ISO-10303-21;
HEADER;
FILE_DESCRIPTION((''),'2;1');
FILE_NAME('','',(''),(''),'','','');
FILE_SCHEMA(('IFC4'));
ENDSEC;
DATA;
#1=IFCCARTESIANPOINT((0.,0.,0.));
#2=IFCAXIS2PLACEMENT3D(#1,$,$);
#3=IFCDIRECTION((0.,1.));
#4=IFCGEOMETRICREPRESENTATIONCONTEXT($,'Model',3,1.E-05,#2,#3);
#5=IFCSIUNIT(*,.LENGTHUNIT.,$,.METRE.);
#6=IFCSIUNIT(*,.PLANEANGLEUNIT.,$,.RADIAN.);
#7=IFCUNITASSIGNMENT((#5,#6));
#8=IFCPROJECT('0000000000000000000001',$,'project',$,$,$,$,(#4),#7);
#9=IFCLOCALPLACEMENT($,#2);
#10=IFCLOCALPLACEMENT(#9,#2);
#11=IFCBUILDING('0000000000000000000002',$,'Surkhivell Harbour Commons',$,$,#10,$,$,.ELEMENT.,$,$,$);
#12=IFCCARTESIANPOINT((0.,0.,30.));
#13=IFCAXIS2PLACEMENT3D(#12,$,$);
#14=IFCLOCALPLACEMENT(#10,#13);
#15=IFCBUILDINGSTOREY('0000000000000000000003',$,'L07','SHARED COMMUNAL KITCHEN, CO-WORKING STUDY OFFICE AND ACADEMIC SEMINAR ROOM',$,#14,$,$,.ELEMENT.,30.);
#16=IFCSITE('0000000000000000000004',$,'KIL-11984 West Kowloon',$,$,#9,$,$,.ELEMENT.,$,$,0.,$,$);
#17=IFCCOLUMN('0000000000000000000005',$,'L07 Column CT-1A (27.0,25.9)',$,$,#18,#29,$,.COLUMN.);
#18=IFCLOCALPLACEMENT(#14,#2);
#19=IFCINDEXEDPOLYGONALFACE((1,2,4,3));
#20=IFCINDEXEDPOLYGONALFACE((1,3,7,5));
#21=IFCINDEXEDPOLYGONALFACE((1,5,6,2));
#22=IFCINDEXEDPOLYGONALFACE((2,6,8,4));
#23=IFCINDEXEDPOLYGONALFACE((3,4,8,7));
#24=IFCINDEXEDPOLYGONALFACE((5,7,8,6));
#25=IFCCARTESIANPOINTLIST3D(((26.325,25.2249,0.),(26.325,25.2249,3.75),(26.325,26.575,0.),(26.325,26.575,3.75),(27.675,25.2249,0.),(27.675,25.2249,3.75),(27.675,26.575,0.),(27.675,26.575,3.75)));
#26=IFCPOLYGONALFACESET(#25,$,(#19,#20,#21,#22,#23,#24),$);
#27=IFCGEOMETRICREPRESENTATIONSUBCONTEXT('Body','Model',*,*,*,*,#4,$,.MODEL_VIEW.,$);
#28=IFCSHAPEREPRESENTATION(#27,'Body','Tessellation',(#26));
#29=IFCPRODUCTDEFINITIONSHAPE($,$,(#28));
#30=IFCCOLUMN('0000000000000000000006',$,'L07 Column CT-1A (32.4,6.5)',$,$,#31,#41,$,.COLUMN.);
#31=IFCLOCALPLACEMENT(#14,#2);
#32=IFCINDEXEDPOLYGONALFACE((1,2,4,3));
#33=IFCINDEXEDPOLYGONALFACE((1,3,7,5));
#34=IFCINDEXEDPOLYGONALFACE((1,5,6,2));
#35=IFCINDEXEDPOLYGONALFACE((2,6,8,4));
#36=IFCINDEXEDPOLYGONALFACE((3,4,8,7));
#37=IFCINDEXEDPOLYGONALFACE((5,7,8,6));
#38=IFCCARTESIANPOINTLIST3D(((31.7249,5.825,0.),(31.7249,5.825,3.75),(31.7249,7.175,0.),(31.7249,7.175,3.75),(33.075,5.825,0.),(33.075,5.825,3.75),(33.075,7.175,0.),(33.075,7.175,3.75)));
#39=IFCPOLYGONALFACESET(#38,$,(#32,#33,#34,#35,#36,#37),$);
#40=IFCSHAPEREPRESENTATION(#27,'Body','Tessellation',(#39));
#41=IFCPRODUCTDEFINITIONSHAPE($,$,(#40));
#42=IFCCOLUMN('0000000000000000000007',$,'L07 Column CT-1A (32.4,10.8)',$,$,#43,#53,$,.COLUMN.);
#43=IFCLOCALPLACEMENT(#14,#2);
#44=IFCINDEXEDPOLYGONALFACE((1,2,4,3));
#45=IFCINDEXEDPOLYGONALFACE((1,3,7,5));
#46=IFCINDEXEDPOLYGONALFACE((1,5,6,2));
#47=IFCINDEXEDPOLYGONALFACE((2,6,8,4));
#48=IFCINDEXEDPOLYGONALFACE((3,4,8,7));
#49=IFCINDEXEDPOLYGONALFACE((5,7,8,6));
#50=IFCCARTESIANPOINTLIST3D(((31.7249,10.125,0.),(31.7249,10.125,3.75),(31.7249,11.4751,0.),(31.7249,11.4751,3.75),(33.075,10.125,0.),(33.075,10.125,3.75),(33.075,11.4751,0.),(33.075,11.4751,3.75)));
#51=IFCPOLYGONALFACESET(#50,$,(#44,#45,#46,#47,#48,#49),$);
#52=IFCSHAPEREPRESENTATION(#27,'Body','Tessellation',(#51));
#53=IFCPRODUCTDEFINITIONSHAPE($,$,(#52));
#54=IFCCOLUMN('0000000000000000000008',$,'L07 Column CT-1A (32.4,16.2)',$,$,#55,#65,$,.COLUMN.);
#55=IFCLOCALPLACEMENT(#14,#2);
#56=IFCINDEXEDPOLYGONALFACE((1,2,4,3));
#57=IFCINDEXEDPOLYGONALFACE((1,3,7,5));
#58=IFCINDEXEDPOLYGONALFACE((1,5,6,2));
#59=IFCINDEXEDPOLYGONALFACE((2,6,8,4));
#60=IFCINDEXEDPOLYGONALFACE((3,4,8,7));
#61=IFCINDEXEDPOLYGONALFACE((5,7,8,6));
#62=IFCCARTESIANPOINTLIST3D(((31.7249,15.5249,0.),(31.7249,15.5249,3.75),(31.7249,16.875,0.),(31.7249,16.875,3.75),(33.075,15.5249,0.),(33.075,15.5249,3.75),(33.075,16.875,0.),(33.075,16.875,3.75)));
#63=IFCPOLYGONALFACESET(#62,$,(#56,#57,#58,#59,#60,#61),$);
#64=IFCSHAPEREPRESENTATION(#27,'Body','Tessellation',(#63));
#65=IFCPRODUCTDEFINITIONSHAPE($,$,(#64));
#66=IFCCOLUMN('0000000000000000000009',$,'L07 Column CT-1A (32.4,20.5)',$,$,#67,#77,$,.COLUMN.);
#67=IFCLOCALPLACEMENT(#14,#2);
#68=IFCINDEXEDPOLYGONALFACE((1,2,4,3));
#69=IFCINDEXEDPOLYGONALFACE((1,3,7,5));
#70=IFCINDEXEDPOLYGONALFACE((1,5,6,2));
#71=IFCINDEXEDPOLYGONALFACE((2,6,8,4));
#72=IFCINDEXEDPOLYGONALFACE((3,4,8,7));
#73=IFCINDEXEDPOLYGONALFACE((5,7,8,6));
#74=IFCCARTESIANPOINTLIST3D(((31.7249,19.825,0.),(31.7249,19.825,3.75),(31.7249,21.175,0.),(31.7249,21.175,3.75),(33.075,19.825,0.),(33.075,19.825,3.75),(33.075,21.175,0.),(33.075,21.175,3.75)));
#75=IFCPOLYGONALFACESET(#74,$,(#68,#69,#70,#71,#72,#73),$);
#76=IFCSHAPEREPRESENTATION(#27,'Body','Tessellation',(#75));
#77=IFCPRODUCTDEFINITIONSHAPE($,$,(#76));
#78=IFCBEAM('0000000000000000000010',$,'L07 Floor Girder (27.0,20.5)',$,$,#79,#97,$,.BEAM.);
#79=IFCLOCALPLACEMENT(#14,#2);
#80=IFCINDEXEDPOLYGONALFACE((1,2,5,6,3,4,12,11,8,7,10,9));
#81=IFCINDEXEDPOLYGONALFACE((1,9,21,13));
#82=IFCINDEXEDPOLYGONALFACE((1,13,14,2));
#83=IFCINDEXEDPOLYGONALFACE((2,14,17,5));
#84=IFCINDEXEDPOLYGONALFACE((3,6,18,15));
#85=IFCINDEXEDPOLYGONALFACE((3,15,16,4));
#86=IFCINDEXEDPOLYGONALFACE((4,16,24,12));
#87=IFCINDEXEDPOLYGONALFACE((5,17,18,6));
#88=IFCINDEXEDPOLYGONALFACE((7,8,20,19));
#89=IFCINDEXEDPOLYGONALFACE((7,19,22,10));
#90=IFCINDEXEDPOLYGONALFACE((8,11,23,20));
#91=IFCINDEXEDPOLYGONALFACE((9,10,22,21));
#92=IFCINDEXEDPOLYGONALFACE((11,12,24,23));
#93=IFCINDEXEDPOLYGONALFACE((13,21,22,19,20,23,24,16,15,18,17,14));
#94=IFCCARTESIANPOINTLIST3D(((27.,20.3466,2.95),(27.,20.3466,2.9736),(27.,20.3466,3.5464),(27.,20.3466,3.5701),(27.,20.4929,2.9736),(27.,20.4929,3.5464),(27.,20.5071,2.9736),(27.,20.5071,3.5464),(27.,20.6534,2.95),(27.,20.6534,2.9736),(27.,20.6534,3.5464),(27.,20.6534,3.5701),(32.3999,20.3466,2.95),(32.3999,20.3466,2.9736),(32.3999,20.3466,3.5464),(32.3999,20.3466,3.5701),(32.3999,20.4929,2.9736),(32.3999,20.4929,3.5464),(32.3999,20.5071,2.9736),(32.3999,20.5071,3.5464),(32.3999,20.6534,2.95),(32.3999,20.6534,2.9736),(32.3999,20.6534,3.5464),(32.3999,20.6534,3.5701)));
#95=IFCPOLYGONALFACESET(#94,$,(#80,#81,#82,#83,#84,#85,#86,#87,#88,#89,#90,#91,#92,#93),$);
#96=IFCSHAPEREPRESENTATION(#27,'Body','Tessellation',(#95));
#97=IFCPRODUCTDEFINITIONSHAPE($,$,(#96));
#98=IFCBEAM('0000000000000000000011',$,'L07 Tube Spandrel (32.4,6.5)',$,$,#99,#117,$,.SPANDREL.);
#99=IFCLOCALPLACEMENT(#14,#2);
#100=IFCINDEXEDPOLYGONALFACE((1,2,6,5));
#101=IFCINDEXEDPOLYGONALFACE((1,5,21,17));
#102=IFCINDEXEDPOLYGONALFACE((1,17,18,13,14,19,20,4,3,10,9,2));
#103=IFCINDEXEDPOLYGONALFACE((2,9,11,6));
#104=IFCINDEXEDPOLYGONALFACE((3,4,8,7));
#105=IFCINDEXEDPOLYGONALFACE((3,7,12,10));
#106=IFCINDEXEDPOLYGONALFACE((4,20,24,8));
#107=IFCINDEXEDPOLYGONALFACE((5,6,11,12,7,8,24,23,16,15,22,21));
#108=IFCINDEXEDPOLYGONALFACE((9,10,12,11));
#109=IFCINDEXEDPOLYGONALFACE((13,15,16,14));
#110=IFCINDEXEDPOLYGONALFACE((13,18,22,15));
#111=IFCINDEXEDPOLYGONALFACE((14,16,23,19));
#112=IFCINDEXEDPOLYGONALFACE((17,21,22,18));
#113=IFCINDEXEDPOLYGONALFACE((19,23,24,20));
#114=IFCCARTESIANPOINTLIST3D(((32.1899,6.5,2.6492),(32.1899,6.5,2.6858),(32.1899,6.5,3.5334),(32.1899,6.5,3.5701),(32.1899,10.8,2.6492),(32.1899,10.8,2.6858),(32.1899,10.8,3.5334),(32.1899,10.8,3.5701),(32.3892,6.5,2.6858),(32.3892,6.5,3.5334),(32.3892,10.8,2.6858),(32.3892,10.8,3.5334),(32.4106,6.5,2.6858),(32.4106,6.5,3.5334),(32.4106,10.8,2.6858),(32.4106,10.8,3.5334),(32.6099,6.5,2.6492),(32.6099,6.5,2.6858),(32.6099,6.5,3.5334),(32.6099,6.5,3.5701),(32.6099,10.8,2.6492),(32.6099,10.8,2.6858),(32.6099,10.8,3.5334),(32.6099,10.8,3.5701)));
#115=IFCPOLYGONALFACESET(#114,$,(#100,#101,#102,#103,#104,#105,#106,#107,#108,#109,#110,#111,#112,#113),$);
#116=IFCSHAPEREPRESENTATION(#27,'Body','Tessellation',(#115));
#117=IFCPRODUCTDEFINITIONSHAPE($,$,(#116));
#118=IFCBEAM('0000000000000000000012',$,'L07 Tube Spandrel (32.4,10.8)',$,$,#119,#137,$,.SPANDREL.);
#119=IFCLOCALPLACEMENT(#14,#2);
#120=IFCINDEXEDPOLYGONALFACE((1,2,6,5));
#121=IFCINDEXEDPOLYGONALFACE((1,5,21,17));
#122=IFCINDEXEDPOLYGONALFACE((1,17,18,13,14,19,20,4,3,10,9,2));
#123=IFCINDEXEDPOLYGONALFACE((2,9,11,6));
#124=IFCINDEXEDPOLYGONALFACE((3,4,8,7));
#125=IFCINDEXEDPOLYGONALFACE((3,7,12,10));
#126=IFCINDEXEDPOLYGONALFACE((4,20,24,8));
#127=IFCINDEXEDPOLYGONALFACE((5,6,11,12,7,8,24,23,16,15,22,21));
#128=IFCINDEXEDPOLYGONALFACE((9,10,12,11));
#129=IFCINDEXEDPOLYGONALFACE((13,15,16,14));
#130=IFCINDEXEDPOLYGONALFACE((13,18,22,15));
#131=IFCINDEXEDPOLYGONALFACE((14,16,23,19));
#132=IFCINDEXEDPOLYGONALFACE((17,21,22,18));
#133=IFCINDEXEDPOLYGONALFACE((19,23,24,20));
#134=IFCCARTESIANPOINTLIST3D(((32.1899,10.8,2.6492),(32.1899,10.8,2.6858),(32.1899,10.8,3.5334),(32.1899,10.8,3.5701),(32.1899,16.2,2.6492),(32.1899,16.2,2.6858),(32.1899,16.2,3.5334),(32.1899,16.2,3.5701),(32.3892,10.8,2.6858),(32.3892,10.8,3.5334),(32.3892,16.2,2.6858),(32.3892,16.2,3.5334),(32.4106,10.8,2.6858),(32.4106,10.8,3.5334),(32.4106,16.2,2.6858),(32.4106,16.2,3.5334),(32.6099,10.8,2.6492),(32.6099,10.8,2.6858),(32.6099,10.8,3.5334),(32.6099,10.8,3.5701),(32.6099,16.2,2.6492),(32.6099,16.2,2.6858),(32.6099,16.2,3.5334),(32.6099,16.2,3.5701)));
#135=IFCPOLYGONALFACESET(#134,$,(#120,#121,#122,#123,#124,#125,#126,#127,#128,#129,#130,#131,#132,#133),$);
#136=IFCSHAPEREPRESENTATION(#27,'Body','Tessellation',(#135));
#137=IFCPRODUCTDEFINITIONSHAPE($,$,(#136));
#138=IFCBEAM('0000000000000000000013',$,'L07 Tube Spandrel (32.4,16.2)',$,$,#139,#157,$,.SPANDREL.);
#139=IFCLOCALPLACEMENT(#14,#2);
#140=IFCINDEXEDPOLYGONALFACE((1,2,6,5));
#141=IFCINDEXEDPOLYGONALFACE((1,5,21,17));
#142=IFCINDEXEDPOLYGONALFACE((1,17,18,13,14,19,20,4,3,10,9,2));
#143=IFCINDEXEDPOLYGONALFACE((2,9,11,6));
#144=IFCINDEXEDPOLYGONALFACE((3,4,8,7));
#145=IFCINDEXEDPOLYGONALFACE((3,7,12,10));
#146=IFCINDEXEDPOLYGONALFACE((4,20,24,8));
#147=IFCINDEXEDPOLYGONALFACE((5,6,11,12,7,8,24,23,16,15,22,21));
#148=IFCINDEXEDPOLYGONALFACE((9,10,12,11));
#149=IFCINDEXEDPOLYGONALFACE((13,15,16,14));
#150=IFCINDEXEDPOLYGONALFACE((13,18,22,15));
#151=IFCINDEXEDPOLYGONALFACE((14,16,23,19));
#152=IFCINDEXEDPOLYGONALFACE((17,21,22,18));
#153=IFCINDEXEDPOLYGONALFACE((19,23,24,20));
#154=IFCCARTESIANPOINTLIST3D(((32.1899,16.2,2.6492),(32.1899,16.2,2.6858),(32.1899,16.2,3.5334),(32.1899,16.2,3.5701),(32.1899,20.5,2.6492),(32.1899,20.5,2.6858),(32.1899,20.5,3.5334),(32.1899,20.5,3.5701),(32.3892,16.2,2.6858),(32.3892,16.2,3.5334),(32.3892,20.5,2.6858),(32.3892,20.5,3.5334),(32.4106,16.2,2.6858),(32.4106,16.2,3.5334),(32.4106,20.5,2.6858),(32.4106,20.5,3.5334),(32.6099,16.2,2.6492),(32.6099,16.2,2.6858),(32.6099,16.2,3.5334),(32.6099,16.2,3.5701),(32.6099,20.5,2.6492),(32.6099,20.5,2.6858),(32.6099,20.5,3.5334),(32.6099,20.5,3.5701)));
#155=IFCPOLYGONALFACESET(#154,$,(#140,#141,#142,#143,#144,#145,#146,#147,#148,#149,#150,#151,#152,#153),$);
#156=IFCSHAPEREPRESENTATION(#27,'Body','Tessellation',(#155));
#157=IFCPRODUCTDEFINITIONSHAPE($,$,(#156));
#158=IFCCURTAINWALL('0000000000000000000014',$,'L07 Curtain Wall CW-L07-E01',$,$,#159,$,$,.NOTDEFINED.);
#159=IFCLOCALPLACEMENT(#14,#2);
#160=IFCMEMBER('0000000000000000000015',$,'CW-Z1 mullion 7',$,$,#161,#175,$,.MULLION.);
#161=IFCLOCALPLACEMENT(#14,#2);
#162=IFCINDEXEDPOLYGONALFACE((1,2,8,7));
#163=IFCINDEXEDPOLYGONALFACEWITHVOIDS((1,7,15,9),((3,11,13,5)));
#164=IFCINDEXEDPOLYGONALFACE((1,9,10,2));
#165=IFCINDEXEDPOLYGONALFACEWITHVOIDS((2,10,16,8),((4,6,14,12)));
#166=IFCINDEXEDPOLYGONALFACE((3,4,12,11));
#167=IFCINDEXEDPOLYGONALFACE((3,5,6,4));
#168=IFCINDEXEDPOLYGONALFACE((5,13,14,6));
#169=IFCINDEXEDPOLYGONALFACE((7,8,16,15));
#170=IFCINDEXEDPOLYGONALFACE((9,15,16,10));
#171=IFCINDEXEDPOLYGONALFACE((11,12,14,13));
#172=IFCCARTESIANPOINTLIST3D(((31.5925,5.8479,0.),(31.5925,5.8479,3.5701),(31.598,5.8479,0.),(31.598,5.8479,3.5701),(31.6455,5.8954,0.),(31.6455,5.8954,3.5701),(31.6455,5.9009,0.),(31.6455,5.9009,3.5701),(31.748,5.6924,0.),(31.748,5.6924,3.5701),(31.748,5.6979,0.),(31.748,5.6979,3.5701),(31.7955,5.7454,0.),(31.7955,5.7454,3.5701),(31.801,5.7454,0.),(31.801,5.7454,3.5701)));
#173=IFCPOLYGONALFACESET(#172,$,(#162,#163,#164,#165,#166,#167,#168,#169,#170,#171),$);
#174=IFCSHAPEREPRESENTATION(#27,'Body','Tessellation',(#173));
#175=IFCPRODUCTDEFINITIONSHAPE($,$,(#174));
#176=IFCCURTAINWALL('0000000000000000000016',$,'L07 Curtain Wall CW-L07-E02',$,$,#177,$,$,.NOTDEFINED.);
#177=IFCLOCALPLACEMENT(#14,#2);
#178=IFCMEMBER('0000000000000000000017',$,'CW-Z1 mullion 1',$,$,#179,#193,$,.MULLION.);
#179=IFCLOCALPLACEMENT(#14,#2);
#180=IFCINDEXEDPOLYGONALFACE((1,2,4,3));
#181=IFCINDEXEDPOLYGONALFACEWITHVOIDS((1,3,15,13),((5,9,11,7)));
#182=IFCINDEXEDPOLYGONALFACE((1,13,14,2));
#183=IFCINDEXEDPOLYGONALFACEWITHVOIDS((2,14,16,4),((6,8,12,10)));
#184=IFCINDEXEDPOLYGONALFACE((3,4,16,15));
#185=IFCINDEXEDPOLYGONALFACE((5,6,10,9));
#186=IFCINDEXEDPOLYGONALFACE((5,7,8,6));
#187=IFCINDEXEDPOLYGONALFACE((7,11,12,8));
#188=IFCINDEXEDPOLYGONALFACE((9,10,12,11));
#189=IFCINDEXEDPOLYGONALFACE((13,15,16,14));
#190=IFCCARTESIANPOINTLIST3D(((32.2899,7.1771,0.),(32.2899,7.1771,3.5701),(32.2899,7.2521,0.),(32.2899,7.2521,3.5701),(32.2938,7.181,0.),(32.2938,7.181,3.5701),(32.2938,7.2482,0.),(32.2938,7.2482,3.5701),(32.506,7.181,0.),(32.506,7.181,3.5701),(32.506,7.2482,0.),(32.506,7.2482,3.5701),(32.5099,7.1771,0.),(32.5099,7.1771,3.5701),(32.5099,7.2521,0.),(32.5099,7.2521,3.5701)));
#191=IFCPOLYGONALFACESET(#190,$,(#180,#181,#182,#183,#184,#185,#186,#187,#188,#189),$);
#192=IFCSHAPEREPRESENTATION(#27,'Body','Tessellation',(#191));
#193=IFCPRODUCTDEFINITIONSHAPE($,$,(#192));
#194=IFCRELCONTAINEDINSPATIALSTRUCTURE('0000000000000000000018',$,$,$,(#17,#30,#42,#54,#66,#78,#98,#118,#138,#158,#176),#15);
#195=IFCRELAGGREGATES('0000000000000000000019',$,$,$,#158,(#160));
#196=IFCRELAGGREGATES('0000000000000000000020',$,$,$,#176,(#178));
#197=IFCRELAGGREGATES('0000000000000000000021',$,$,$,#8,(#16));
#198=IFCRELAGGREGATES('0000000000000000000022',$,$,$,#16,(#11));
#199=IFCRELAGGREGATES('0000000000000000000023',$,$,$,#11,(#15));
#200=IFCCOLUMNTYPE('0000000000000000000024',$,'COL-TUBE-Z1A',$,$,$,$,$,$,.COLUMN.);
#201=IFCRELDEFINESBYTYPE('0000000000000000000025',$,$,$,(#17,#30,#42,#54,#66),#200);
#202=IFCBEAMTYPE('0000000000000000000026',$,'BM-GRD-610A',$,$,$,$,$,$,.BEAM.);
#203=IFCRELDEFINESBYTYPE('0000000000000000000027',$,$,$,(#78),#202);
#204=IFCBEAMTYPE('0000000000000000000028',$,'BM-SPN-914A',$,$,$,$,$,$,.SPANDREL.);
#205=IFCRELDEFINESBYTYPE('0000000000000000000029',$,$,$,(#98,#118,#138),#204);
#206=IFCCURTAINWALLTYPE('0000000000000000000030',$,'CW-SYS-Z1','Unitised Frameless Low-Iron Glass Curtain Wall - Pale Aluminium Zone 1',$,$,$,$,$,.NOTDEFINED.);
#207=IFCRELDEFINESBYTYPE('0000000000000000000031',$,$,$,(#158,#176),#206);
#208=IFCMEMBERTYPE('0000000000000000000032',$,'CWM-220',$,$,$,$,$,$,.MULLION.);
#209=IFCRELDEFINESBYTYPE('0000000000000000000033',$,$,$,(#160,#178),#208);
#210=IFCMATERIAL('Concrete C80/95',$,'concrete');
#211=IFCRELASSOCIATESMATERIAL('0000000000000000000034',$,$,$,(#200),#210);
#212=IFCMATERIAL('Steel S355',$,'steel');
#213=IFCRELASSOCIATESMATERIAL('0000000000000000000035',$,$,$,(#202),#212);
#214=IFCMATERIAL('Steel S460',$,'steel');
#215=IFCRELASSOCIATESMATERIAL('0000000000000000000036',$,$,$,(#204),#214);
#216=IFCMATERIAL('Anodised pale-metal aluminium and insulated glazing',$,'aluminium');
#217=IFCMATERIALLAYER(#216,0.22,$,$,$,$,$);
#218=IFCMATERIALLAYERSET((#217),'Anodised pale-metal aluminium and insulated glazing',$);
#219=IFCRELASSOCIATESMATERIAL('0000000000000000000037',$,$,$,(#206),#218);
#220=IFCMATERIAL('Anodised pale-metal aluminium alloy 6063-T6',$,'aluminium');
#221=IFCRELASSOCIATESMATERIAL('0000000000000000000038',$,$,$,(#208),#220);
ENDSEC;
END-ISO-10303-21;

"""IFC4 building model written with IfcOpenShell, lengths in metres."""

from ifc_helpers import new_model, si_unit, direction, frame, origin, origin_2d, place, context, subcontext, project, spatial, rectangle, hollow_rectangle, i_section, extrude, material, layer, layer_set, material_profile, profile_set, type_object, element, aggregate, save


model = new_model("IFC4")

# Units and contexts
model_context = context("Model", 3, precision=1e-05, world=origin(), true_north=direction((0.0, 1.0)))
body_context = subcontext(model_context, "Body", "Model", "MODEL_VIEW")
ifc_project = project(units=[si_unit("LENGTHUNIT", "METRE"), si_unit("PLANEANGLEUNIT", "RADIAN")], contexts=[model_context])

# Site, building, storey
site_placement = place(None, origin())
site = spatial("IfcSite", under=ifc_project, at=site_placement, Name="KIL-11984 West Kowloon", CompositionType="ELEMENT", RefElevation=0.0)
building_placement = place(site_placement, origin())
building = spatial("IfcBuilding", under=site, at=building_placement, Name="Surkhivell Harbour Commons", CompositionType="ELEMENT")
storey_placement = place(building_placement, frame((0.0, 0.0, 30.0)))
storey = spatial("IfcBuildingStorey", under=building, at=storey_placement, Name="L07", Description="SHARED COMMUNAL KITCHEN, CO-WORKING STUDY OFFICE AND ACADEMIC SEMINAR ROOM", CompositionType="ELEMENT", Elevation=30.0)

# Columns
ifc_material_1 = material(Name="Concrete C80/95", Category="concrete")
ifc_material_profile_1 = material_profile(ifc_material_1, rectangle(XDim=1.3501, YDim=1.3501, at=origin_2d()), Name="RC-COL-1350x1350")
ifc_profile_set_1 = profile_set([ifc_material_profile_1], Name="Concrete C80/95")
column_type = type_object("IfcColumnType", Name="COL-TUBE-Z1A", PredefinedType="COLUMN", material=ifc_profile_set_1)
for number, where, z_axis, x_axis, name in (
    (1, (27.0, 25.8999, 0.0), (0.0, 0.0, 1.0), (1.0, 0.0, 0.0), "L07 Column CT-1A (27.0,25.9)"),
    (2, (32.3999, 6.5, 0.0), (0.0, 0.0, 1.0), (1.0, 0.0, 0.0), "L07 Column CT-1A (32.4,6.5)"),
    (3, (32.3999, 10.8, 0.0), (0.0, 0.0, 1.0), (1.0, 0.0, 0.0), "L07 Column CT-1A (32.4,10.8)"),
    (4, (32.3999, 16.2, 0.0), (0.0, 0.0, 1.0), (1.0, 0.0, 0.0), "L07 Column CT-1A (32.4,16.2)"),
    (5, (32.3999, 20.5, 0.0), (0.0, 0.0, 1.0), (1.0, 0.0, 0.0), "L07 Column CT-1A (32.4,20.5)"),
):
    element("IfcColumn", number, at=place(storey_placement, frame(where, z_axis=z_axis, x_axis=x_axis)), inside=storey, type_object=column_type, Name=name, PredefinedType="COLUMN", context=body_context, shape_type="SweptSolid", body=[
        extrude(rectangle(XDim=1.3501, YDim=1.3501, at=origin_2d()), origin(), (0.0, 0.0, 1.0), 3.75),
    ])

# Beams
ifc_material_2 = material(Name="Steel S355", Category="steel")
ifc_material_profile_2 = material_profile(ifc_material_2, i_section(OverallWidth=0.3069, OverallDepth=0.6201, WebThickness=0.0142, FlangeThickness=0.0237, at=origin_2d()), Name="UB610x305x179")
ifc_profile_set_2 = profile_set([ifc_material_profile_2], Name="Steel S355")
beam_type_1 = type_object("IfcBeamType", Name="BM-GRD-610A", PredefinedType="BEAM", material=ifc_profile_set_2)
beam_1_placement = place(storey_placement, frame((27.0, 20.5, 3.26), z_axis=(1.0, 0.0, 0.0), x_axis=(0.0, 1.0, 0.0)))
element("IfcBeam", 6, at=beam_1_placement, inside=storey, type_object=beam_type_1, Name="L07 Floor Girder (27.0,20.5)", PredefinedType="BEAM", context=body_context, shape_type="SweptSolid", body=[
    extrude(i_section(OverallWidth=0.3069, OverallDepth=0.6201, WebThickness=0.0142, FlangeThickness=0.0237, at=origin_2d()), origin(), (0.0, 0.0, 1.0), 5.3999),
])
ifc_material_3 = material(Name="Steel S460", Category="steel")
ifc_material_profile_3 = material_profile(ifc_material_3, i_section(OverallWidth=0.4199, OverallDepth=0.9209, WebThickness=0.0215, FlangeThickness=0.0366, at=origin_2d()), Name="UB914x419x388")
ifc_profile_set_3 = profile_set([ifc_material_profile_3], Name="Steel S460")
beam_type_2 = type_object("IfcBeamType", Name="BM-SPN-914A", PredefinedType="SPANDREL", material=ifc_profile_set_3)
beam_2_placement = place(storey_placement, frame((32.3999, 6.5, 3.1096), z_axis=(0.0, 1.0, 0.0), x_axis=(-1.0, 0.0, 0.0)))
element("IfcBeam", 7, at=beam_2_placement, inside=storey, type_object=beam_type_2, Name="L07 Tube Spandrel (32.4,6.5)", PredefinedType="SPANDREL", context=body_context, shape_type="SweptSolid", body=[
    extrude(i_section(OverallWidth=0.4199, OverallDepth=0.9209, WebThickness=0.0215, FlangeThickness=0.0366, at=origin_2d()), origin(), (0.0, 0.0, 1.0), 4.3),
])
beam_3_placement = place(storey_placement, frame((32.3999, 10.8, 3.1096), z_axis=(0.0, 1.0, 0.0), x_axis=(-1.0, 0.0, 0.0)))
element("IfcBeam", 8, at=beam_3_placement, inside=storey, type_object=beam_type_2, Name="L07 Tube Spandrel (32.4,10.8)", PredefinedType="SPANDREL", context=body_context, shape_type="SweptSolid", body=[
    extrude(i_section(OverallWidth=0.4199, OverallDepth=0.9209, WebThickness=0.0215, FlangeThickness=0.0366, at=origin_2d()), origin(), (0.0, 0.0, 1.0), 5.3999),
])
beam_4_placement = place(storey_placement, frame((32.3999, 16.2, 3.1096), z_axis=(0.0, 1.0, 0.0), x_axis=(-1.0, 0.0, 0.0)))
element("IfcBeam", 9, at=beam_4_placement, inside=storey, type_object=beam_type_2, Name="L07 Tube Spandrel (32.4,16.2)", PredefinedType="SPANDREL", context=body_context, shape_type="SweptSolid", body=[
    extrude(i_section(OverallWidth=0.4199, OverallDepth=0.9209, WebThickness=0.0215, FlangeThickness=0.0366, at=origin_2d()), origin(), (0.0, 0.0, 1.0), 4.3),
])

# Curtain wall, member
ifc_material_4 = material(Name="Anodised pale-metal aluminium and insulated glazing", Category="aluminium")
ifc_layer_1 = layer(ifc_material_4, 0.22)
ifc_layer_set_1 = layer_set([ifc_layer_1], Name="Anodised pale-metal aluminium and insulated glazing")
curtain_wall_type = type_object("IfcCurtainWallType", Name="CW-SYS-Z1", Description="Unitised Frameless Low-Iron Glass Curtain Wall - Pale Aluminium Zone 1", PredefinedType="NOTDEFINED", material=ifc_layer_set_1)
curtain_wall_1_placement = place(storey_placement, origin())
curtain_wall_1 = element("IfcCurtainWall", 10, at=curtain_wall_1_placement, inside=storey, type_object=curtain_wall_type, Name="L07 Curtain Wall CW-L07-E01", PredefinedType="NOTDEFINED")
ifc_material_5 = material(Name="Anodised pale-metal aluminium alloy 6063-T6", Category="aluminium")
ifc_material_profile_4 = material_profile(ifc_material_5, hollow_rectangle(XDim=0.075, YDim=0.22, WallThickness=0.0039, at=origin_2d()), Name="ALU-MULL-75x220")
ifc_profile_set_4 = profile_set([ifc_material_profile_4], Name="Anodised pale-metal aluminium alloy 6063-T6")
member_type_1 = type_object("IfcMemberType", Name="CWM-220", PredefinedType="MULLION", material=ifc_profile_set_4)
member_1_placement = place(storey_placement, frame((31.6968, 5.7966, 0.0), z_axis=(0.0, 0.0, 1.0), x_axis=(0.707107, 0.707107, 0.0)))
member_1 = element("IfcMember", 11, at=member_1_placement, type_object=member_type_1, Name="CW-Z1 mullion 7", PredefinedType="MULLION", context=body_context, shape_type="SweptSolid", body=[
    extrude(hollow_rectangle(XDim=0.075, YDim=0.22, WallThickness=0.0039, at=origin_2d()), origin(), (0.0, 0.0, 1.0), 3.5701),
])
aggregate(curtain_wall_1, [member_1])

# Curtain wall, member
curtain_wall_2_placement = place(storey_placement, origin())
curtain_wall_2 = element("IfcCurtainWall", 12, at=curtain_wall_2_placement, inside=storey, type_object=curtain_wall_type, Name="L07 Curtain Wall CW-L07-E02", PredefinedType="NOTDEFINED")
member_2_placement = place(storey_placement, frame((32.3999, 7.2146, 0.0), z_axis=(0.0, 0.0, 1.0), x_axis=(0.0, 1.0, 0.0)))
member_2 = element("IfcMember", 13, at=member_2_placement, type_object=member_type_1, Name="CW-Z1 mullion 1", PredefinedType="MULLION", context=body_context, shape_type="SweptSolid", body=[
    extrude(hollow_rectangle(XDim=0.075, YDim=0.22, WallThickness=0.0039, at=origin_2d()), origin(), (0.0, 0.0, 1.0), 3.5701),
])
aggregate(curtain_wall_2, [member_2])

save(model, "model.ifc")
